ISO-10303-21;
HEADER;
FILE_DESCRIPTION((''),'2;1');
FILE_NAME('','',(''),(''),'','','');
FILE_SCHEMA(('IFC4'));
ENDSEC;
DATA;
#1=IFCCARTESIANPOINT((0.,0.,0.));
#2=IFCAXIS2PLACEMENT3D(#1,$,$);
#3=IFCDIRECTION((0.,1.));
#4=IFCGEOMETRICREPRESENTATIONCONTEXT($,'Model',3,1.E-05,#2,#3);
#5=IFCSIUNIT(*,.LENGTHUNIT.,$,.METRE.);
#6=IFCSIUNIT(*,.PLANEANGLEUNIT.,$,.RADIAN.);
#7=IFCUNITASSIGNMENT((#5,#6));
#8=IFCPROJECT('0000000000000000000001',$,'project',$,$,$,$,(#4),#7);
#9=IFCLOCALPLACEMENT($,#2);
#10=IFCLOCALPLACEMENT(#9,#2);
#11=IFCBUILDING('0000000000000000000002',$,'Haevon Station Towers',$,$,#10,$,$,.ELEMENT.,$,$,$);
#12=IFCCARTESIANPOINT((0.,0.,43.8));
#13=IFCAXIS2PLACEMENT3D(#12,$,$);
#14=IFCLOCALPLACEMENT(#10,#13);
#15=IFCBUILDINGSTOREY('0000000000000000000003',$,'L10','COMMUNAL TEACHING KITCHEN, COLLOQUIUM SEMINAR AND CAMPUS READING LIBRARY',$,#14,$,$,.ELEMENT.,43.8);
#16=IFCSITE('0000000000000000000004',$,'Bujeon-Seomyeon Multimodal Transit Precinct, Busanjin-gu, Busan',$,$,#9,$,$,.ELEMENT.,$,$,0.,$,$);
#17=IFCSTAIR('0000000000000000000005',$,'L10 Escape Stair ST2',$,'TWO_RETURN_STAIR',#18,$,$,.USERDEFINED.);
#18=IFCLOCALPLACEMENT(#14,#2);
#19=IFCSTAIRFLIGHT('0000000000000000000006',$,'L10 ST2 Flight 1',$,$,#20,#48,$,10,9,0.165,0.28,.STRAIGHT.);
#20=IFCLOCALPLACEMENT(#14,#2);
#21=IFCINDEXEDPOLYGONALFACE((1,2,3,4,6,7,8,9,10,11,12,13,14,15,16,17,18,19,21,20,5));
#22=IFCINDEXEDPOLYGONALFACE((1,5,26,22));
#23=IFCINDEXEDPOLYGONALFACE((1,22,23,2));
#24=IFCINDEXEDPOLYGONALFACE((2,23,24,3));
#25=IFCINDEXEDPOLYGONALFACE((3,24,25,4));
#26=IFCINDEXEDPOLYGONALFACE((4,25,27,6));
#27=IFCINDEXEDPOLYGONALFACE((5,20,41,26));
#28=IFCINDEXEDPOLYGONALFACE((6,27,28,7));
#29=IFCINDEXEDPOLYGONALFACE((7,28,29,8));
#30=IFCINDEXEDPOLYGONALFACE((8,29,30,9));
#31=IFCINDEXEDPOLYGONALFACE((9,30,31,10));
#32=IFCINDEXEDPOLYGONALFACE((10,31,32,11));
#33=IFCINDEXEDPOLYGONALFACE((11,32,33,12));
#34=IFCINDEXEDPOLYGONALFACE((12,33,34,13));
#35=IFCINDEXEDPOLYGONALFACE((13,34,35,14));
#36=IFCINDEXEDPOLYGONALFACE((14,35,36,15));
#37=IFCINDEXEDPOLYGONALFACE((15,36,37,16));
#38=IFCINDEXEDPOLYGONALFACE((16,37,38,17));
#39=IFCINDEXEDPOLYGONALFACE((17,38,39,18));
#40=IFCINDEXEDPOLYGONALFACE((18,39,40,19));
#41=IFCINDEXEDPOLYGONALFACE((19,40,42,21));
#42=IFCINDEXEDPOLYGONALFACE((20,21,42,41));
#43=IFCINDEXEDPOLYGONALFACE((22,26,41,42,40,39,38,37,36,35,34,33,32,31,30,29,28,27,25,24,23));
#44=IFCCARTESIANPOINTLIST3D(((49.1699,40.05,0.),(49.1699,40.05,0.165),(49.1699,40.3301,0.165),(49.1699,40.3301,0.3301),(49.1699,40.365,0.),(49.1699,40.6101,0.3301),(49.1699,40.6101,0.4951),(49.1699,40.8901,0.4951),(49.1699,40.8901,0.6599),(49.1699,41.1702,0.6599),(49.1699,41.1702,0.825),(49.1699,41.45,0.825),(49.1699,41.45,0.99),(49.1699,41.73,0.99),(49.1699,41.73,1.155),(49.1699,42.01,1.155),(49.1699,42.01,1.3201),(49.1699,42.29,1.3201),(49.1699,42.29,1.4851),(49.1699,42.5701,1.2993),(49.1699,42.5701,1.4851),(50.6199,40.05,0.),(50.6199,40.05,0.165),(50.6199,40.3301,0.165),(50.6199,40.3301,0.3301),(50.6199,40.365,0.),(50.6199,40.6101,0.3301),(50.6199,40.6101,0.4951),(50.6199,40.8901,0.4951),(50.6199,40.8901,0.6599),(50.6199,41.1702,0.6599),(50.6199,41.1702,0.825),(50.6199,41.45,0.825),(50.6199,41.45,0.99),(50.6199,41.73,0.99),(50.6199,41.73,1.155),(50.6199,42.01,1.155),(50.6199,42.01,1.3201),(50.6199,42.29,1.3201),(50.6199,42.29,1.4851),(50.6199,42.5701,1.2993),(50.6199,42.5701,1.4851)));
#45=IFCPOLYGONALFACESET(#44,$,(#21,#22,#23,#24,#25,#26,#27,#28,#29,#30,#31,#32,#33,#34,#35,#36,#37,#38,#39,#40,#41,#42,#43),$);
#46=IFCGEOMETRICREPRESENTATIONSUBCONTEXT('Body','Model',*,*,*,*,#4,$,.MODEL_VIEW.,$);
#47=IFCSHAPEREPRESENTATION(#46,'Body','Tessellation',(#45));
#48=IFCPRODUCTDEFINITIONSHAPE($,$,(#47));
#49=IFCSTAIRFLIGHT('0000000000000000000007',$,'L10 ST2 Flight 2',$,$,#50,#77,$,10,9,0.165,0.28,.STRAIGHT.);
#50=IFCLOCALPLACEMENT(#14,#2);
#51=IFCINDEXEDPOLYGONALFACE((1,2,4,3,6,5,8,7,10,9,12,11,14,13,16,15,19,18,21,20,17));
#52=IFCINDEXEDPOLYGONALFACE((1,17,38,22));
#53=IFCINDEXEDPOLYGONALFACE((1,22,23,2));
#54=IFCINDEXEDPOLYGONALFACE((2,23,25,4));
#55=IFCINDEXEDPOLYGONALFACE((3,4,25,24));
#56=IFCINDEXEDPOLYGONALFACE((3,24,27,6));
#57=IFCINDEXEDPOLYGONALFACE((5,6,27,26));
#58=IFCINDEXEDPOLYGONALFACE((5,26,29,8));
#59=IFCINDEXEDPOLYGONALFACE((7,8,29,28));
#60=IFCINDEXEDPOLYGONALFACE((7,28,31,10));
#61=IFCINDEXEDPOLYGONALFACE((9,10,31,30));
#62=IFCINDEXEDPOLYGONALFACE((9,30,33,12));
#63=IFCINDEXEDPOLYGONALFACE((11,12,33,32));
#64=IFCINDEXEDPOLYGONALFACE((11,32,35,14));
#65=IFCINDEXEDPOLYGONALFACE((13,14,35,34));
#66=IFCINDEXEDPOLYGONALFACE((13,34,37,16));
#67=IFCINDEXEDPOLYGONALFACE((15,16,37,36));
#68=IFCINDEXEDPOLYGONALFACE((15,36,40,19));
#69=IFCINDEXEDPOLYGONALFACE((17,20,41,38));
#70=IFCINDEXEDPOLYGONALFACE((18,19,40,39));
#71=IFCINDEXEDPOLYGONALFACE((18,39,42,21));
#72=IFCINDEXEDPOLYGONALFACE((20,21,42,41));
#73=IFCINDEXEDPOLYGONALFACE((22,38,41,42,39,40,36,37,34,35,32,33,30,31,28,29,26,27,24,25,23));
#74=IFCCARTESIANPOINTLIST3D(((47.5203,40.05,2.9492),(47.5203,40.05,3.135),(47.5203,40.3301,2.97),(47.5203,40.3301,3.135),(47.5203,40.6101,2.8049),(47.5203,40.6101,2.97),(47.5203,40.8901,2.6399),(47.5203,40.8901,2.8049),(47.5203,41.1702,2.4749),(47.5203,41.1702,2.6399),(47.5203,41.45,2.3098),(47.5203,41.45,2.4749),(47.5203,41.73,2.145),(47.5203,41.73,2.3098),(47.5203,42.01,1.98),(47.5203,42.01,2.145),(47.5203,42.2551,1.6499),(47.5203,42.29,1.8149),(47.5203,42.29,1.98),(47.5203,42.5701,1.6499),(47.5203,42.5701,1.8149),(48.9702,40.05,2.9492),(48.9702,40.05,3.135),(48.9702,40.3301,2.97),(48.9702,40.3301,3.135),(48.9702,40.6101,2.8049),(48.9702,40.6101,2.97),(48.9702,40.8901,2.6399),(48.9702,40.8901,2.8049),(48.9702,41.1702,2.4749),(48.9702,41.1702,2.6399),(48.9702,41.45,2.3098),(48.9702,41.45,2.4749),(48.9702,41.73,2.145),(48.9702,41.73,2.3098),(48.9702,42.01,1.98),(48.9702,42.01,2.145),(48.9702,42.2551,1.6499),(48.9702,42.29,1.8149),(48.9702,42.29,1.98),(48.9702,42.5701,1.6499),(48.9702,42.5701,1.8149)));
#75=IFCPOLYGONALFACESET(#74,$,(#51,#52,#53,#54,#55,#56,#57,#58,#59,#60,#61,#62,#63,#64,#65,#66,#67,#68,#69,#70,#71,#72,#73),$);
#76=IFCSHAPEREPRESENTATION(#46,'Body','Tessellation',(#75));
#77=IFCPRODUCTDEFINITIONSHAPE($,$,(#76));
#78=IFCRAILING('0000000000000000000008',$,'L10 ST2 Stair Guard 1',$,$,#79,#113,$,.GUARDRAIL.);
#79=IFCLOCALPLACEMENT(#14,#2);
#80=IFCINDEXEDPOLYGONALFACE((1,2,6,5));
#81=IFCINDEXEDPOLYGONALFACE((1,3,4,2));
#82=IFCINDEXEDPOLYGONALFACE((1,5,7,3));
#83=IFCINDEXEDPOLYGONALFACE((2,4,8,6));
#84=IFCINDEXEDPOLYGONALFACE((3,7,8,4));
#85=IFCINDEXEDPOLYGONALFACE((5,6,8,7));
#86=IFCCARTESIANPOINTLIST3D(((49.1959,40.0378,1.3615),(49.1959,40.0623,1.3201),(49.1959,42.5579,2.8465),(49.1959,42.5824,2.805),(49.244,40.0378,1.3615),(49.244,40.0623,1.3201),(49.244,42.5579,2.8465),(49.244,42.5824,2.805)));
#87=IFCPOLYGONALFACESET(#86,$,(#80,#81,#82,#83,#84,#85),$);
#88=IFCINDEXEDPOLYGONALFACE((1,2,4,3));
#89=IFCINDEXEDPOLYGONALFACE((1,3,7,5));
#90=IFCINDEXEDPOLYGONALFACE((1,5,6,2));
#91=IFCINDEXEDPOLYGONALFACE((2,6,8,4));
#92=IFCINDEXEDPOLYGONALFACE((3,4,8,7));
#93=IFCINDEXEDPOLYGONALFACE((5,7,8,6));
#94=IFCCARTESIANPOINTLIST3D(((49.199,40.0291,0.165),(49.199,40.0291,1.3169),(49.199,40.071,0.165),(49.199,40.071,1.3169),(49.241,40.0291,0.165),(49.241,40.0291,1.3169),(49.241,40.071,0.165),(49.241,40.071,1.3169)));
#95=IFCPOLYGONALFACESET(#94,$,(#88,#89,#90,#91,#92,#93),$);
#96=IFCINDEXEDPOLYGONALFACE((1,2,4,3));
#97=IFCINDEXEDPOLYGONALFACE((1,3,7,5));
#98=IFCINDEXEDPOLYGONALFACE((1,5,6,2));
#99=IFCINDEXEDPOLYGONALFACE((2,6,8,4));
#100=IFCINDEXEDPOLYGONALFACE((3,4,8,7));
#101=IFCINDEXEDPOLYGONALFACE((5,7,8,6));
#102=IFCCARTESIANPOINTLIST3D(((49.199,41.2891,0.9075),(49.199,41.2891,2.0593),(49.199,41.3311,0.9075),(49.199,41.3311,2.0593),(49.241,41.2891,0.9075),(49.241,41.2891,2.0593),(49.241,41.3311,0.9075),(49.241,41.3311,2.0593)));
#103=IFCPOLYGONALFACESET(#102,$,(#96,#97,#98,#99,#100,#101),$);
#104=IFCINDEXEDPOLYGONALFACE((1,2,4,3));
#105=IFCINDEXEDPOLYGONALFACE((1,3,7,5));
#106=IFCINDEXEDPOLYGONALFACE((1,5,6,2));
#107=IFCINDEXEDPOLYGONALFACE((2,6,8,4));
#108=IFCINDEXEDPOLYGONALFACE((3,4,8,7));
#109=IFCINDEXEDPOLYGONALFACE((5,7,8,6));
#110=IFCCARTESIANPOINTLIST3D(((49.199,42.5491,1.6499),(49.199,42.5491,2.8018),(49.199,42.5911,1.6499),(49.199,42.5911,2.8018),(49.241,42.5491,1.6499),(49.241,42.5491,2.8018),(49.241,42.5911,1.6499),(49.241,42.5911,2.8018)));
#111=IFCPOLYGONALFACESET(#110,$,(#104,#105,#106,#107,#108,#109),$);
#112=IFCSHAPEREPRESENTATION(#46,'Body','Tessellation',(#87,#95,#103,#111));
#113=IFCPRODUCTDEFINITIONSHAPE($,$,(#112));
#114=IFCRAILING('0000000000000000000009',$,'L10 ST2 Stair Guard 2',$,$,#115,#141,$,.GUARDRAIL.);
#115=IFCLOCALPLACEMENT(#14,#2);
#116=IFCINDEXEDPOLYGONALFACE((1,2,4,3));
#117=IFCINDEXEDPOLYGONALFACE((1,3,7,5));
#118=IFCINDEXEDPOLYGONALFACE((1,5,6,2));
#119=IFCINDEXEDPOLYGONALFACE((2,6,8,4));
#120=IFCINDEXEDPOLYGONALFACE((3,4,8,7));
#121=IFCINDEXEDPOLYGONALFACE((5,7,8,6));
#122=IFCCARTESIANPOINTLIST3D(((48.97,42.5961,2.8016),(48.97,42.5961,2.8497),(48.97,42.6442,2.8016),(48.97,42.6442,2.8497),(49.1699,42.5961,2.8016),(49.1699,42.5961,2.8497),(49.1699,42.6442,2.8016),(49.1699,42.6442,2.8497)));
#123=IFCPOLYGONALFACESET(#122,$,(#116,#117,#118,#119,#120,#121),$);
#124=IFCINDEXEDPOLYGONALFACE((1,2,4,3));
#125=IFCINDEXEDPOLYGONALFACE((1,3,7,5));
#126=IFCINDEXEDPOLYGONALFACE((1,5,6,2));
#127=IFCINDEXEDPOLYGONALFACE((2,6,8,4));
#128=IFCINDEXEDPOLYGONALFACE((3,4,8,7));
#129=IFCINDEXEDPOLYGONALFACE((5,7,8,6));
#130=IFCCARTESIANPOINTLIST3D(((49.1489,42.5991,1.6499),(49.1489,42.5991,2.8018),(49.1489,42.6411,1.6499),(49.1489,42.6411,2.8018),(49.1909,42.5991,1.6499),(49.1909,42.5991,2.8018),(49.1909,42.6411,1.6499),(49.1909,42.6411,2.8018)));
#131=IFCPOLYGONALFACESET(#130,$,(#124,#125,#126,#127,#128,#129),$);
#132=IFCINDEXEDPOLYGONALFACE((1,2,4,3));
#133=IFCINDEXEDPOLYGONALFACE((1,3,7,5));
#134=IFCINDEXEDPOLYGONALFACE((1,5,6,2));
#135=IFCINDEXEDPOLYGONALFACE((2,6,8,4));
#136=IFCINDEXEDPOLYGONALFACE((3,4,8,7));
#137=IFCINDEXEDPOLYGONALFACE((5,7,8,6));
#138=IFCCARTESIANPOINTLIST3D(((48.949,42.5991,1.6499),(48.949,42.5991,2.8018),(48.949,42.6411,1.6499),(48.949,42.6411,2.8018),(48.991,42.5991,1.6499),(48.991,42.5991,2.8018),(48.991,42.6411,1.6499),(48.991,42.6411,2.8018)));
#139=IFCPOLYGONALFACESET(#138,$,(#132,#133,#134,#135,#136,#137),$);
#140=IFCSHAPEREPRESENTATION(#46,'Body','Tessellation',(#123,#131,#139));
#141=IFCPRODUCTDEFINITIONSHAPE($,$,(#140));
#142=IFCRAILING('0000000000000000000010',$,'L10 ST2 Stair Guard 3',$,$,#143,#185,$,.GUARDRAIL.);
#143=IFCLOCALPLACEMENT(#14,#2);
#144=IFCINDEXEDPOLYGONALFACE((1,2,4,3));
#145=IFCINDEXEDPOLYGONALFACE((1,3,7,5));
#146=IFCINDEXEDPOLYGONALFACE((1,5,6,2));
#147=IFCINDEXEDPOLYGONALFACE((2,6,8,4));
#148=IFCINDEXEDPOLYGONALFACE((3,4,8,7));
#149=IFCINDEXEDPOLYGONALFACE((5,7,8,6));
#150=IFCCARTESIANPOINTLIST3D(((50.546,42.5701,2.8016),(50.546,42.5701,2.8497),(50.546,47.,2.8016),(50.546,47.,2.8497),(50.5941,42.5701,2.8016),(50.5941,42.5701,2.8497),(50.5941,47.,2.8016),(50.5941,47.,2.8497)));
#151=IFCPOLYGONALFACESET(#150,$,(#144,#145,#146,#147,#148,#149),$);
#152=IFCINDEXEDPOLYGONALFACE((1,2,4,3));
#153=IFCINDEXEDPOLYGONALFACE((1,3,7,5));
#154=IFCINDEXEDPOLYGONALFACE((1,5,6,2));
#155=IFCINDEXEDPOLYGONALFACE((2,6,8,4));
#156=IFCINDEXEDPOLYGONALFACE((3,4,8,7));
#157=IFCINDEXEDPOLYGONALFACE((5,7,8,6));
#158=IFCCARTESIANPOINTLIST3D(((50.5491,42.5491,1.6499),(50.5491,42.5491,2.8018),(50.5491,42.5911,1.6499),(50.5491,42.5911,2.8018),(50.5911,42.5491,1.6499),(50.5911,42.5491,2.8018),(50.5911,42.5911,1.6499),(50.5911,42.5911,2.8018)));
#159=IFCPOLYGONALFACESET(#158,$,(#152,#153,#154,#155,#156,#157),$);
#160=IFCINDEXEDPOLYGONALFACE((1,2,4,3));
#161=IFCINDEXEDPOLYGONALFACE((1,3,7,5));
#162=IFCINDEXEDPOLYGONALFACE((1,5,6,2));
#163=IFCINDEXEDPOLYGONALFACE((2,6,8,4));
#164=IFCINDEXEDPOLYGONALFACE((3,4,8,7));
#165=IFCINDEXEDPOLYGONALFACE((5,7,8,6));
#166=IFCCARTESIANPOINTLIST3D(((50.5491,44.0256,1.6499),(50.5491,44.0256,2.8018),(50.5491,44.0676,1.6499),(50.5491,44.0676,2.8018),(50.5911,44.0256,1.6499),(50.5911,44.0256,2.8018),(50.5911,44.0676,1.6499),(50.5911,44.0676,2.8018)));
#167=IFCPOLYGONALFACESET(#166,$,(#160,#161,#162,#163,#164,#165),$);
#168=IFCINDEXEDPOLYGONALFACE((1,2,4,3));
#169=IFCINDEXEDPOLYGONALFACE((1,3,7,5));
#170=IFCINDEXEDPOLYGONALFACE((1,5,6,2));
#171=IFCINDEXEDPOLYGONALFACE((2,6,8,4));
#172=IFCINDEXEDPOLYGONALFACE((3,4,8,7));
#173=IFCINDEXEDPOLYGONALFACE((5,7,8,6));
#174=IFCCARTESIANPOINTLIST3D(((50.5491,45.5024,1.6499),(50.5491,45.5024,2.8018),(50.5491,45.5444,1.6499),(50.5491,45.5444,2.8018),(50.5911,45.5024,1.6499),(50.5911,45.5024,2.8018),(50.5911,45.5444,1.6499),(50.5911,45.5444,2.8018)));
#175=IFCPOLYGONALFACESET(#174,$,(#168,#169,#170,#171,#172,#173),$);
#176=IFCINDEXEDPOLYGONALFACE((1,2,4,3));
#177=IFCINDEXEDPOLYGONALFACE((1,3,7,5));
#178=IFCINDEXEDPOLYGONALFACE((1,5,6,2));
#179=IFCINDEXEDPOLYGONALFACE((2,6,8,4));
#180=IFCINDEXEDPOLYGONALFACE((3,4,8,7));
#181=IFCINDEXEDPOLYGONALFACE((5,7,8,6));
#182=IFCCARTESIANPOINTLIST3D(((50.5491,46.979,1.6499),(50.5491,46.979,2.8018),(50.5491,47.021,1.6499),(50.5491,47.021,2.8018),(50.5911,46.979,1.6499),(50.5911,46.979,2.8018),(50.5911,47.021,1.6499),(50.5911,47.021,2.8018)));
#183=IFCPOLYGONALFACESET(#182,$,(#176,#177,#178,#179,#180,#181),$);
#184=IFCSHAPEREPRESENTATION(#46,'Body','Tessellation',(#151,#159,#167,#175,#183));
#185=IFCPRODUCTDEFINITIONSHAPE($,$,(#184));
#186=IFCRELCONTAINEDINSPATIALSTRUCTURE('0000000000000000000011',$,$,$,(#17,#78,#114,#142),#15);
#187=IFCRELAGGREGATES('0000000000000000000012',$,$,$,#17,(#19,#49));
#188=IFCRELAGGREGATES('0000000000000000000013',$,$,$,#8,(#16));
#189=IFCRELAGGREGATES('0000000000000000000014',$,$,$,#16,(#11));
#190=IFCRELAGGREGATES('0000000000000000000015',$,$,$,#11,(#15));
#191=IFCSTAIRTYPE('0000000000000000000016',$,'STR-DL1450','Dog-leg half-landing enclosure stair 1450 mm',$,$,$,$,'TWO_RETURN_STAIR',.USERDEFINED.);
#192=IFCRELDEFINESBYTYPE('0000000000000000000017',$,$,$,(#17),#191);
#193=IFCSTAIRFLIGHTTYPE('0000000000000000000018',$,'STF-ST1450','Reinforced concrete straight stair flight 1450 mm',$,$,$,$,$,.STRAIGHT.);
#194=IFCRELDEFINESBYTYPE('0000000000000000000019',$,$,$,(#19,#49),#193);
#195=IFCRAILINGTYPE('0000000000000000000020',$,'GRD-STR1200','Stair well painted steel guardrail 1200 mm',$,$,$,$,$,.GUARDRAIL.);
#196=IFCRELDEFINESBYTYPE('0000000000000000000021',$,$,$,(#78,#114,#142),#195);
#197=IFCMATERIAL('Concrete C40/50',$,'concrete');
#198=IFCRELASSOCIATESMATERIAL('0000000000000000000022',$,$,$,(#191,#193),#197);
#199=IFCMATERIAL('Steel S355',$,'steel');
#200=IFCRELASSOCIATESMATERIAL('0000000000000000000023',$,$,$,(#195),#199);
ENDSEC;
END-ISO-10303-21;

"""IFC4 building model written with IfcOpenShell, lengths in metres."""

from ifc_helpers import new_model, si_unit, direction, frame, origin, origin_2d, place, context, subcontext, project, spatial, polyline, rectangle, outline, extrude, material, type_object, element, aggregate, save


model = new_model("IFC4")

# Units and contexts
model_context = context("Model", 3, precision=1e-05, world=origin(), true_north=direction((0.0, 1.0)))
body_context = subcontext(model_context, "Body", "Model", "MODEL_VIEW")
ifc_project = project(units=[si_unit("LENGTHUNIT", "METRE"), si_unit("PLANEANGLEUNIT", "RADIAN")], contexts=[model_context])

# Site, building, storey
site_placement = place(None, origin())
site = spatial("IfcSite", under=ifc_project, at=site_placement, Name="Bujeon-Seomyeon Multimodal Transit Precinct, Busanjin-gu, Busan", CompositionType="ELEMENT", RefElevation=0.0)
building_placement = place(site_placement, origin())
building = spatial("IfcBuilding", under=site, at=building_placement, Name="Haevon Station Towers", CompositionType="ELEMENT")
storey_placement = place(building_placement, frame((0.0, 0.0, 43.8)))
storey = spatial("IfcBuildingStorey", under=building, at=storey_placement, Name="L10", Description="COMMUNAL TEACHING KITCHEN, COLLOQUIUM SEMINAR AND CAMPUS READING LIBRARY", CompositionType="ELEMENT", Elevation=43.8)

# Shared definitions
ifc_material_1 = material(Name="Steel S355", Category="steel")

# Shared definitions
ifc_material_2 = material(Name="Concrete C40/50", Category="concrete")

# Stair, stair flights
stair_type = type_object("IfcStairType", Name="STR-DL1450", Description="Dog-leg half-landing enclosure stair 1450 mm", ElementType="TWO_RETURN_STAIR", PredefinedType="USERDEFINED", material=ifc_material_2)
stair_placement = place(storey_placement, origin())
stair = element("IfcStair", 1, at=stair_placement, inside=storey, type_object=stair_type, Name="L10 Escape Stair ST2", ObjectType="TWO_RETURN_STAIR", PredefinedType="USERDEFINED")
stair_flight_type = type_object("IfcStairFlightType", Name="STF-ST1450", Description="Reinforced concrete straight stair flight 1450 mm", PredefinedType="STRAIGHT", material=ifc_material_2)
stair_flight_1_placement = place(storey_placement, frame((49.895, 40.05, 0.0), z_axis=(0.0, 0.0, 1.0), x_axis=(0.0, 1.0, 0.0)))
stair_flight_1 = element("IfcStairFlight", 2, at=stair_flight_1_placement, type_object=stair_flight_type, Name="L10 ST2 Flight 1", NumberOfRisers=10, NumberOfTreads=9, PredefinedType="STRAIGHT", RiserHeight=0.165, TreadLength=0.28, context=body_context, shape_type="SweptSolid", body=[
    extrude(outline(polyline([(0.0, 0.0), (0.0, 0.165), (0.28, 0.165), (0.28, 0.3301), (0.5601, 0.3301), (0.5601, 0.4951), (0.8401, 0.4951), (0.8401, 0.6599), (1.1201, 0.6599), (1.1201, 0.825), (1.3999, 0.825), (1.3999, 0.99), (1.6799, 0.99), (1.6799, 1.155), (1.96, 1.155), (1.96, 1.3201), (2.24, 1.3201), (2.24, 1.4851), (2.52, 1.4851), (2.52, 1.6499), (2.52, 1.2993), (0.3149, 0.0), (0.0, 0.0)])), frame((0.0, 0.7251, 0.0), z_axis=(0.0, -1.0, 0.0), x_axis=(1.0, 0.0, 0.0)), (0.0, 0.0, 1.0), 1.45),
])
stair_flight_2_placement = place(storey_placement, frame((48.2451, 42.5701, 1.6499), z_axis=(0.0, 0.0, 1.0), x_axis=(0.0, -1.0, 0.0)))
stair_flight_2 = element("IfcStairFlight", 3, at=stair_flight_2_placement, type_object=stair_flight_type, Name="L10 ST2 Flight 2", NumberOfRisers=10, NumberOfTreads=9, PredefinedType="STRAIGHT", RiserHeight=0.165, TreadLength=0.28, context=body_context, shape_type="SweptSolid", body=[
    extrude(outline(polyline([(0.0, 0.0), (0.0, 0.165), (0.28, 0.165), (0.28, 0.3301), (0.5601, 0.3301), (0.5601, 0.4951), (0.8401, 0.4951), (0.8401, 0.6599), (1.1201, 0.6599), (1.1201, 0.825), (1.3999, 0.825), (1.3999, 0.99), (1.6799, 0.99), (1.6799, 1.155), (1.96, 1.155), (1.96, 1.3201), (2.24, 1.3201), (2.24, 1.4851), (2.52, 1.4851), (2.52, 1.6499), (2.52, 1.2993), (0.3149, 0.0), (0.0, 0.0)])), frame((0.0, 0.7251, 0.0), z_axis=(0.0, -1.0, 0.0), x_axis=(1.0, 0.0, 0.0)), (0.0, 0.0, 1.0), 1.45),
])
aggregate(stair, [stair_flight_1, stair_flight_2])

# Railings
railing_type_1 = type_object("IfcRailingType", Name="GRD-STR1200", Description="Stair well painted steel guardrail 1200 mm", PredefinedType="GUARDRAIL", material=ifc_material_1)
railing_1_placement = place(storey_placement, frame((49.22, 40.05, 0.165)))
element("IfcRailing", 4, at=railing_1_placement, inside=storey, type_object=railing_type_1, Name="L10 ST2 Stair Guard 1", PredefinedType="GUARDRAIL", context=body_context, shape_type="SweptSolid", body=[
    extrude(rectangle(XDim=0.0481, YDim=0.0481, at=origin_2d()), frame((0.0, 0.0, 1.1758), z_axis=(0.0, 0.861561, 0.507655), x_axis=(-1.0, 0.0, 0.0)), (0.0, 0.0, 1.0), 2.925),
    extrude(rectangle(XDim=0.042, YDim=0.042, at=origin_2d()), origin(), (0.0, 0.0, 1.0), 1.1519),
    extrude(rectangle(XDim=0.042, YDim=0.042, at=origin_2d()), frame((0.0, 1.26, 0.7424)), (0.0, 0.0, 1.0), 1.1519),
    extrude(rectangle(XDim=0.042, YDim=0.042, at=origin_2d()), frame((0.0, 2.52, 1.4849)), (0.0, 0.0, 1.0), 1.1519),
])
railing_2_placement = place(storey_placement, frame((49.1699, 42.6201, 1.6499)))
element("IfcRailing", 5, at=railing_2_placement, inside=storey, type_object=railing_type_1, Name="L10 ST2 Stair Guard 2", PredefinedType="GUARDRAIL", context=body_context, shape_type="SweptSolid", body=[
    extrude(rectangle(XDim=0.0481, YDim=0.0481, at=origin_2d()), frame((0.0, 0.0, 1.1758), z_axis=(-1.0, 0.0, 0.0), x_axis=(0.0, -1.0, 0.0)), (0.0, 0.0, 1.0), 0.2),
    extrude(rectangle(XDim=0.042, YDim=0.042, at=origin_2d()), origin(), (0.0, 0.0, 1.0), 1.1519),
    extrude(rectangle(XDim=0.042, YDim=0.042, at=origin_2d()), frame((-0.2, 0.0, 0.0)), (0.0, 0.0, 1.0), 1.1519),
])
for number, where, name in (
    (6, (50.5701, 42.5701, 1.6499), "L10 ST2 Stair Guard 3"),
):
    element("IfcRailing", number, at=place(storey_placement, frame(where)), inside=storey, type_object=railing_type_1, Name=name, PredefinedType="GUARDRAIL", context=body_context, shape_type="SweptSolid", body=[
        extrude(rectangle(XDim=0.0481, YDim=0.0481, at=origin_2d()), frame((0.0, 0.0, 1.1758), z_axis=(0.0, 1.0, 0.0), x_axis=(-1.0, 0.0, 0.0)), (0.0, 0.0, 1.0), 4.4299),
        extrude(rectangle(XDim=0.042, YDim=0.042, at=origin_2d()), origin(), (0.0, 0.0, 1.0), 1.1519),
        extrude(rectangle(XDim=0.042, YDim=0.042, at=origin_2d()), frame((0.0, 1.4766, 0.0)), (0.0, 0.0, 1.0), 1.1519),
        extrude(rectangle(XDim=0.042, YDim=0.042, at=origin_2d()), frame((0.0, 2.9534, 0.0)), (0.0, 0.0, 1.0), 1.1519),
        extrude(rectangle(XDim=0.042, YDim=0.042, at=origin_2d()), frame((0.0, 4.4299, 0.0)), (0.0, 0.0, 1.0), 1.1519),
    ])

save(model, "model.ifc")
